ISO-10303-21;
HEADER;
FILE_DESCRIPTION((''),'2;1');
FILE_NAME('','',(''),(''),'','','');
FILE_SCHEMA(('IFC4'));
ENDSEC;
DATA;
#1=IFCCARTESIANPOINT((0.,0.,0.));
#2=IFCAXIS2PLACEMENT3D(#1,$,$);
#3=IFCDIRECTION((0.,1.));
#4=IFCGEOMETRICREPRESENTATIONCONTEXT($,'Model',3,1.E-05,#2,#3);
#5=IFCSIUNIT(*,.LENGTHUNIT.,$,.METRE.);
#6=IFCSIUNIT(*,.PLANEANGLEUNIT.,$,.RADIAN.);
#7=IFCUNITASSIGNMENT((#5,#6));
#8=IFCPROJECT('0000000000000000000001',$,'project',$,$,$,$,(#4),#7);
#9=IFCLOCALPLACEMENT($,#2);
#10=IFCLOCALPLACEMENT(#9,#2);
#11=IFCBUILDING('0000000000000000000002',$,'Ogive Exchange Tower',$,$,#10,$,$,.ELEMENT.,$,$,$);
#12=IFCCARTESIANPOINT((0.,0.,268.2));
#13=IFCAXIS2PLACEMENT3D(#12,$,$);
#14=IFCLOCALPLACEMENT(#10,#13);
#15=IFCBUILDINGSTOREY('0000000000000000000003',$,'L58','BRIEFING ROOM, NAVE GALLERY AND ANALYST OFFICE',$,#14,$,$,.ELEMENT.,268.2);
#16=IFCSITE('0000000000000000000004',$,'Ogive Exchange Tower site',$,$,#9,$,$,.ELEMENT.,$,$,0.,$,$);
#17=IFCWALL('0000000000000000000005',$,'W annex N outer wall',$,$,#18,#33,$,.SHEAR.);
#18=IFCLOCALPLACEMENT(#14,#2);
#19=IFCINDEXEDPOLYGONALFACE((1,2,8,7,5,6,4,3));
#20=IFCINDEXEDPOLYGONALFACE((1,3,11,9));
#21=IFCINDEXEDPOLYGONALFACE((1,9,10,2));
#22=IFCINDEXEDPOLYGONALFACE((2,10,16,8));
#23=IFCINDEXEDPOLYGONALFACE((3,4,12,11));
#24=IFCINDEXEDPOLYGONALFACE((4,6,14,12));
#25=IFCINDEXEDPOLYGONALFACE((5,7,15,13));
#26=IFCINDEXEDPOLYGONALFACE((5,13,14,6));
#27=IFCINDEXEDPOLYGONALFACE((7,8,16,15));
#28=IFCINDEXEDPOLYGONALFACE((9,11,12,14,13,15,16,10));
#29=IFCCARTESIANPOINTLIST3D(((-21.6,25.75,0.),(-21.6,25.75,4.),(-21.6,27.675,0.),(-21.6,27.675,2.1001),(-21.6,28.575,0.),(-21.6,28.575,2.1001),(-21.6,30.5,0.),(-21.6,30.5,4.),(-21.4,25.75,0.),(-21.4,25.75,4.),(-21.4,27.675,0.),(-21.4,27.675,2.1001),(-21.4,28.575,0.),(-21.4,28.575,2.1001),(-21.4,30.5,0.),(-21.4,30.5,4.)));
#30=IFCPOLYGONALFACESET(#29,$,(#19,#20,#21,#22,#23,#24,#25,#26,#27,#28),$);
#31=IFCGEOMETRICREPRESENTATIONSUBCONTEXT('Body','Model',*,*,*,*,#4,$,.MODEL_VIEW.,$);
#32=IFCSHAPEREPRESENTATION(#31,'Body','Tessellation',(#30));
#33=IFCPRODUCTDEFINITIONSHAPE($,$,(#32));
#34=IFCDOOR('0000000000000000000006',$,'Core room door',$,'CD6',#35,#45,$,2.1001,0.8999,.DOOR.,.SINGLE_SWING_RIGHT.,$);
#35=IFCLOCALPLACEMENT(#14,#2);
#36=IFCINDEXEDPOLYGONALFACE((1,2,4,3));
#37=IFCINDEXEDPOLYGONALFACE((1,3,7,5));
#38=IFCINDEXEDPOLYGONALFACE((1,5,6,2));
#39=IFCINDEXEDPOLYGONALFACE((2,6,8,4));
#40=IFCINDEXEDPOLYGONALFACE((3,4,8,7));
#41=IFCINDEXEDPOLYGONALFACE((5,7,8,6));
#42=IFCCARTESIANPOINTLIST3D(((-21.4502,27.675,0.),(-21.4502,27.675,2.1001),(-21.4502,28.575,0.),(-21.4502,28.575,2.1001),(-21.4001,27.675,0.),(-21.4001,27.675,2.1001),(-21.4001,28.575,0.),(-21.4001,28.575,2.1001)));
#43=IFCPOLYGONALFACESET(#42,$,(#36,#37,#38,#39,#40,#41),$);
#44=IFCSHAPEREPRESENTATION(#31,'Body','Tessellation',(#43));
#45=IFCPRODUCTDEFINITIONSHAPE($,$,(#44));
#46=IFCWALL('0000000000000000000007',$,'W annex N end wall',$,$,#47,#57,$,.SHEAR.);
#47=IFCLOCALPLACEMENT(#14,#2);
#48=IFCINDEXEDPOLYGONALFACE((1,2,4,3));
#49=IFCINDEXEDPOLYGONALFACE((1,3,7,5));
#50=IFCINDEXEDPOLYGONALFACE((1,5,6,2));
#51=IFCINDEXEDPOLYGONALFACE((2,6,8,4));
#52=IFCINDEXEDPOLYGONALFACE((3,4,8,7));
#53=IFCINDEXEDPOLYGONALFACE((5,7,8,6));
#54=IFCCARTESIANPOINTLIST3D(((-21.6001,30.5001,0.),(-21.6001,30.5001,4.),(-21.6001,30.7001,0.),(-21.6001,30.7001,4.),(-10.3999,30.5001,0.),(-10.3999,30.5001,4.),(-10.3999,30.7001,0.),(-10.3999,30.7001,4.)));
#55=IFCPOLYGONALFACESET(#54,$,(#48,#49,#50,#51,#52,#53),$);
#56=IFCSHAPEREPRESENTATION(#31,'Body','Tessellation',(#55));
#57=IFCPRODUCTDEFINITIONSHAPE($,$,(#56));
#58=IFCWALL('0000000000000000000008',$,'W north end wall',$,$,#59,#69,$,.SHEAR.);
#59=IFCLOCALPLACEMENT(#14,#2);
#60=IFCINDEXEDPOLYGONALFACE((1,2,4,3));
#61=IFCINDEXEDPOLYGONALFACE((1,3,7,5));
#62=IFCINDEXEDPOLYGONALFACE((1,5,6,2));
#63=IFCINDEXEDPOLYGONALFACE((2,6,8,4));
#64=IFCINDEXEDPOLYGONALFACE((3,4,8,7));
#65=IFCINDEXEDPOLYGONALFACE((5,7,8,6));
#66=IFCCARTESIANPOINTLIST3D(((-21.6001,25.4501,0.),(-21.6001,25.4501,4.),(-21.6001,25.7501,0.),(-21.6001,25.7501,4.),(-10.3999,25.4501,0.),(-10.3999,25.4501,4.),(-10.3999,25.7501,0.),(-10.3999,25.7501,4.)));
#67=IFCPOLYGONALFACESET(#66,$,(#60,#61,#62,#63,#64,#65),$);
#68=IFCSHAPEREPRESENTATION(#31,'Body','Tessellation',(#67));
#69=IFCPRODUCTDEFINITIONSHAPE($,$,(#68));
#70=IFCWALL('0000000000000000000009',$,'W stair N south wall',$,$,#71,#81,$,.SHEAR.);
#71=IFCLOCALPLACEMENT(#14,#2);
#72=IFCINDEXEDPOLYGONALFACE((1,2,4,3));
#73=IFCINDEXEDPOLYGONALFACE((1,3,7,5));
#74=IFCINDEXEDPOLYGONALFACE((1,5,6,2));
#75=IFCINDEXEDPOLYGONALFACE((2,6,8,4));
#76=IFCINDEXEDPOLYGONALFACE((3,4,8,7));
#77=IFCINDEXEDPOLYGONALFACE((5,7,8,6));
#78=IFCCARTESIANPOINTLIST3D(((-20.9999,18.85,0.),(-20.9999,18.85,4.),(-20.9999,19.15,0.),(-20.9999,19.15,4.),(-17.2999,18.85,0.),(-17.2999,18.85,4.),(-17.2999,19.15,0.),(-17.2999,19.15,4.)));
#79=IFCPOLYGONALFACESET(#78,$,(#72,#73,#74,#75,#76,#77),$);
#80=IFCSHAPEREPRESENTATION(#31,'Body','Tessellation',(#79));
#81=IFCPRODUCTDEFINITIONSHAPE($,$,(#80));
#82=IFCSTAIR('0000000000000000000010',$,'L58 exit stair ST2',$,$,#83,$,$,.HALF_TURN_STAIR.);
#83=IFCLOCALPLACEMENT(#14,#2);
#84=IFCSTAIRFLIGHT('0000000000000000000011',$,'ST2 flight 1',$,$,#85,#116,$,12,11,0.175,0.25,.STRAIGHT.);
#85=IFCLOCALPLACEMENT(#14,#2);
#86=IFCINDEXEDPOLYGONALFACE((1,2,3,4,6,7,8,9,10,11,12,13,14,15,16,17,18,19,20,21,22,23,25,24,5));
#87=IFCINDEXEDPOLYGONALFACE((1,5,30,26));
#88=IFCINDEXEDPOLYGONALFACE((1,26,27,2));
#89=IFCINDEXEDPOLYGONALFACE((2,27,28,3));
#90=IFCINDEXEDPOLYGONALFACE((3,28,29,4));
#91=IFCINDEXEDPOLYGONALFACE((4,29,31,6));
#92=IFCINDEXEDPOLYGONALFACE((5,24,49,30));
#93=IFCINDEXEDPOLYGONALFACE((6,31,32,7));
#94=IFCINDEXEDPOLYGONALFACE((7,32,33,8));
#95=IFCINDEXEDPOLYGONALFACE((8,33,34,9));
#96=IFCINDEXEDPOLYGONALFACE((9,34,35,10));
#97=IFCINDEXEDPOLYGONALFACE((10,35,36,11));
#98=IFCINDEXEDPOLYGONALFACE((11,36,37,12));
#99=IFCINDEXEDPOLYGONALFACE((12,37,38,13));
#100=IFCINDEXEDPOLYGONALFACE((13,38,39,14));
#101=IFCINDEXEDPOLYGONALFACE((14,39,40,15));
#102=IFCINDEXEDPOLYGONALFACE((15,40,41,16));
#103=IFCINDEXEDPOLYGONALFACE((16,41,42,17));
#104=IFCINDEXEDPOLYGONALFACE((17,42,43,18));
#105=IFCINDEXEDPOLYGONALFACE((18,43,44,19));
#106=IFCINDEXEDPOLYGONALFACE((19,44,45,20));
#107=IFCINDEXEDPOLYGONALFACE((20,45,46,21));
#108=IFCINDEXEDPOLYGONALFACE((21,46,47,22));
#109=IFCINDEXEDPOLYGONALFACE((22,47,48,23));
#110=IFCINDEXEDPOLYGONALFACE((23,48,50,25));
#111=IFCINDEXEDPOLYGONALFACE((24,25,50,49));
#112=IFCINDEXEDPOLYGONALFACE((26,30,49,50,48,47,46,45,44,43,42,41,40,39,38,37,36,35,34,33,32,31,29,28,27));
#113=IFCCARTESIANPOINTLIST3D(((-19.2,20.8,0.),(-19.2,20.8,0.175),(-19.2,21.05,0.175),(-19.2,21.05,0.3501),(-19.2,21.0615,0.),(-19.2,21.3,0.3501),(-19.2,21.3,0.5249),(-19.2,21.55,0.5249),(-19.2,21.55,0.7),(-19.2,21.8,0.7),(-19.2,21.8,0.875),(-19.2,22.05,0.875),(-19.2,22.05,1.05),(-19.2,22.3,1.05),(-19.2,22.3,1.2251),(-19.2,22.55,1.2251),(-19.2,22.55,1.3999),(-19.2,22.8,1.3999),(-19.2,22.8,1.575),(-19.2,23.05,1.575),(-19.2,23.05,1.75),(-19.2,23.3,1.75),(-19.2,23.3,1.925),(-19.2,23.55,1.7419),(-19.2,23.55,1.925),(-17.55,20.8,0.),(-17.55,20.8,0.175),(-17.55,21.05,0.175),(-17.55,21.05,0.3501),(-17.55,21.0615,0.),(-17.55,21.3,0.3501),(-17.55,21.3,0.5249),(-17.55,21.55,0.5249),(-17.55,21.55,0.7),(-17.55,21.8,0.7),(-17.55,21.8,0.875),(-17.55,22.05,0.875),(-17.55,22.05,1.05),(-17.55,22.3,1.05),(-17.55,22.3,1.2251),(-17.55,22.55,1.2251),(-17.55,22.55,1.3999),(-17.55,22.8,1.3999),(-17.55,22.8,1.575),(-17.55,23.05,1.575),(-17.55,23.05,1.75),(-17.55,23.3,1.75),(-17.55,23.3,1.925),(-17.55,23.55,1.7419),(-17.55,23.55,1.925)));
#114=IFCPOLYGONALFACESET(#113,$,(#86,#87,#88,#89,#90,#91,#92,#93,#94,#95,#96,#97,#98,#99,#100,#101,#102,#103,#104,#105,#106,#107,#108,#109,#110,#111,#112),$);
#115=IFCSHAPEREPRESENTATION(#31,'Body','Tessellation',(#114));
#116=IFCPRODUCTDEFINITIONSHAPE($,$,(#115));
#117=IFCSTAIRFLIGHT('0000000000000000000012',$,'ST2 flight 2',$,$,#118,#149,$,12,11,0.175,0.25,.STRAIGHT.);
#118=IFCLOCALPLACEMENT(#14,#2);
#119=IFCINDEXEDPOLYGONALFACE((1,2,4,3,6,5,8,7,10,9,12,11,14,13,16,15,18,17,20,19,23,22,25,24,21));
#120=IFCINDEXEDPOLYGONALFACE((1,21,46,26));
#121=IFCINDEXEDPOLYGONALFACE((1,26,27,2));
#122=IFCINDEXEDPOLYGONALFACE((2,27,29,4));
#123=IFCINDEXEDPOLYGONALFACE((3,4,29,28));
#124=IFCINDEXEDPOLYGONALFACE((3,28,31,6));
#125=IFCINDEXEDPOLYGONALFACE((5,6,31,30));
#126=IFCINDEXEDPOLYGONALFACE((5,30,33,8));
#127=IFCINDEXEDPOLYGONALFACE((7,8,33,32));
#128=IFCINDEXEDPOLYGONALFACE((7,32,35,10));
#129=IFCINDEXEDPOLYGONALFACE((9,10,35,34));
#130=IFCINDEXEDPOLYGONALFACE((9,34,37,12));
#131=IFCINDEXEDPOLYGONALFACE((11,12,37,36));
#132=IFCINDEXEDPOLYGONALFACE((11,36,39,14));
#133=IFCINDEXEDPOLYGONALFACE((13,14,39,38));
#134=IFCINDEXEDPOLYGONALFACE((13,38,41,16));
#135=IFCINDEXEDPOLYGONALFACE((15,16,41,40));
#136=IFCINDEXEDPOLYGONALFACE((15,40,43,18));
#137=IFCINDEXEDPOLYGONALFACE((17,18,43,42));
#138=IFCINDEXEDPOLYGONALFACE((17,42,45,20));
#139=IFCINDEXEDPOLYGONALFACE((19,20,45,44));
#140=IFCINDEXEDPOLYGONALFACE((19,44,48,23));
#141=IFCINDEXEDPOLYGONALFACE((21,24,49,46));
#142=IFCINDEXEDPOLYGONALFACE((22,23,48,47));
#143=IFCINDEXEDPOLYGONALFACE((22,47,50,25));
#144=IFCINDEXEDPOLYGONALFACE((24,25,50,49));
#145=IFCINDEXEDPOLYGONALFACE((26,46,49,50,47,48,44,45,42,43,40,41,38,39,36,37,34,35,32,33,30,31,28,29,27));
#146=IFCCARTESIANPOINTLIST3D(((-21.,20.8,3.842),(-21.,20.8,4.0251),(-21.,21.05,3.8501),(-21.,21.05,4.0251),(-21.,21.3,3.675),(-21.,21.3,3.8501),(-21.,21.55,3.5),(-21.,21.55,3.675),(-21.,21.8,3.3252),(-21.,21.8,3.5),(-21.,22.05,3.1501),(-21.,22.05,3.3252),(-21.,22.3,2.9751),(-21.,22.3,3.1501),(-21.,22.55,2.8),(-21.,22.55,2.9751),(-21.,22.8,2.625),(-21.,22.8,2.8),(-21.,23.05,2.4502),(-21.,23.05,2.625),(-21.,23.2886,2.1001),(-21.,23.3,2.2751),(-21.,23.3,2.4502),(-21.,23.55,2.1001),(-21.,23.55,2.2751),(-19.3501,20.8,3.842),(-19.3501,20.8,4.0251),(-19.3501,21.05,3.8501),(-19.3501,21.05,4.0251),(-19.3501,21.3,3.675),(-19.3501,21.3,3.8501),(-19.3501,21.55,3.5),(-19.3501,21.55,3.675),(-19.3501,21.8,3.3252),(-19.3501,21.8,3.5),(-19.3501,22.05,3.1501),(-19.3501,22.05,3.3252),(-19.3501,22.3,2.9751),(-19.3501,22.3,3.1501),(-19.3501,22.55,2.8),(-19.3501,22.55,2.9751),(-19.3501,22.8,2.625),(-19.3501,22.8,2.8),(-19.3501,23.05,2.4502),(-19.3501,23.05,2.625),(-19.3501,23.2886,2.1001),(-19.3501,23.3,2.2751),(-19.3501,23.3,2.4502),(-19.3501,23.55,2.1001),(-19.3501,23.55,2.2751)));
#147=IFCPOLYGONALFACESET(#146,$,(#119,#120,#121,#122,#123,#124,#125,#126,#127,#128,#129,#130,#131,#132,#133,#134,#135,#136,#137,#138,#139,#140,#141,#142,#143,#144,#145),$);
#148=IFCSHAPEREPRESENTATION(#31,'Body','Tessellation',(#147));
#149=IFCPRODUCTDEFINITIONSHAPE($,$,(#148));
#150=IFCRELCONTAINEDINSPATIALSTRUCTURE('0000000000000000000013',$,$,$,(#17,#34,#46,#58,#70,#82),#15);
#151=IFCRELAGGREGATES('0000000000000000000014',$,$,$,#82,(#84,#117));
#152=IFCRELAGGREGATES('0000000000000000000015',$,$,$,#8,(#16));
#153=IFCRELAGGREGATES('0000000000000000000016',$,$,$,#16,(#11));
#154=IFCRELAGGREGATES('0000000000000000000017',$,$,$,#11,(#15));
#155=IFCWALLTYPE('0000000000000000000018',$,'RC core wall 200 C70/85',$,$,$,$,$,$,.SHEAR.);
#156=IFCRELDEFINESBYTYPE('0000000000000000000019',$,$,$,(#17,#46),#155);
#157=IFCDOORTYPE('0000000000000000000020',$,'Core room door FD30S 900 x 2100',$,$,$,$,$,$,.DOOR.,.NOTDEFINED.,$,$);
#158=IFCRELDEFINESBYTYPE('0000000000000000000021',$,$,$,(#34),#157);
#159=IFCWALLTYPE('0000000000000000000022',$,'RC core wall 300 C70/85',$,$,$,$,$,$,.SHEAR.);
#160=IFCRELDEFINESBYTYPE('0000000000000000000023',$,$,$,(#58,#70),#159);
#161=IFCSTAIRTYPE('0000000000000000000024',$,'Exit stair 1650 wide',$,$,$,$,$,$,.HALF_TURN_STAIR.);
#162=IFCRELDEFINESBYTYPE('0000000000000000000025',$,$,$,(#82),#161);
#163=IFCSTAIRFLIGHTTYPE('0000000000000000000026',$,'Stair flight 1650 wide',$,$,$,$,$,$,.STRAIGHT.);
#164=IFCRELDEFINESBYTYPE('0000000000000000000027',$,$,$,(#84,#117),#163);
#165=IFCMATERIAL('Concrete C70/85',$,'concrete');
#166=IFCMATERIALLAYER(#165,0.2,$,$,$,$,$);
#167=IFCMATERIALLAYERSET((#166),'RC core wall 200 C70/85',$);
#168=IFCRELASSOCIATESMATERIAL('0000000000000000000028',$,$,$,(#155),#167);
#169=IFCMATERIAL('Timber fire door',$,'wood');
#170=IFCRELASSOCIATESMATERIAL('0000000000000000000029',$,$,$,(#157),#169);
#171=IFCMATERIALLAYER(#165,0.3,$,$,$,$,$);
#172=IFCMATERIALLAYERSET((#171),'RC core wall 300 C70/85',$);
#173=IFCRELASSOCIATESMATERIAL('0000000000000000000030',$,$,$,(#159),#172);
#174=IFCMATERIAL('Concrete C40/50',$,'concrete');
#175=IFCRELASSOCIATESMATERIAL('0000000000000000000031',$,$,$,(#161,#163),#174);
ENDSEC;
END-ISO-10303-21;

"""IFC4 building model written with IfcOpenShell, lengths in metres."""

from ifc_helpers import new_model, si_unit, direction, frame, frame_2d, origin, place, context, subcontext, project, spatial, polyline, rectangle, outline, extrude, material, layer, layer_set, type_object, element, fill, aggregate, save


model = new_model("IFC4")

# Units and contexts
model_context = context("Model", 3, precision=1e-05, world=origin(), true_north=direction((0.0, 1.0)))
body_context = subcontext(model_context, "Body", "Model", "MODEL_VIEW")
ifc_project = project(units=[si_unit("LENGTHUNIT", "METRE"), si_unit("PLANEANGLEUNIT", "RADIAN")], contexts=[model_context])

# Site, building, storey
site_placement = place(None, origin())
site = spatial("IfcSite", under=ifc_project, at=site_placement, Name="Ogive Exchange Tower site", CompositionType="ELEMENT", RefElevation=0.0)
building_placement = place(site_placement, origin())
building = spatial("IfcBuilding", under=site, at=building_placement, Name="Ogive Exchange Tower", CompositionType="ELEMENT")
storey_placement = place(building_placement, frame((0.0, 0.0, 268.2)))
storey = spatial("IfcBuildingStorey", under=building, at=storey_placement, Name="L58", Description="BRIEFING ROOM, NAVE GALLERY AND ANALYST OFFICE", CompositionType="ELEMENT", Elevation=268.2)

# Wall, opening, door
ifc_material_1 = material(Name="Concrete C70/85", Category="concrete")
ifc_layer_1 = layer(ifc_material_1, 0.2)
ifc_layer_set_1 = layer_set([ifc_layer_1], Name="RC core wall 200 C70/85")
wall_type_1 = type_object("IfcWallType", Name="RC core wall 200 C70/85", PredefinedType="SHEAR", material=ifc_layer_set_1)
wall_1_placement = place(storey_placement, frame((-21.5, 25.75, 0.0), z_axis=(0.0, 0.0, 1.0), x_axis=(0.0, 1.0, 0.0)))
wall_1 = element("IfcWall", 1, at=wall_1_placement, inside=storey, type_object=wall_type_1, Name="W annex N outer wall", PredefinedType="SHEAR", context=body_context, shape_type="SweptSolid", body=[
    extrude(rectangle(XDim=4.75, YDim=0.2, at=frame_2d((2.375, 0.0))), origin(), (0.0, 0.0, 1.0), 4.0),
])
opening_placement = place(wall_1_placement, frame((1.925, 0.0, 0.0)))
opening = element("IfcOpeningElement", 2, at=opening_placement, cuts=wall_1, PredefinedType="OPENING", context=body_context, shape_type="SweptSolid", body=[
    extrude(rectangle(XDim=0.8999, YDim=2.1001, at=frame_2d((0.45, 1.05))), frame((0.0, 0.1099, 0.0), z_axis=(0.0, -1.0, 0.0), x_axis=(1.0, 0.0, 0.0)), (0.0, 0.0, 1.0), 0.22),
])
ifc_material_2 = material(Name="Timber fire door", Category="wood")
door_type = type_object("IfcDoorType", Name="Core room door FD30S 900 x 2100", OperationType="NOTDEFINED", PredefinedType="DOOR", material=ifc_material_2)
door_placement = place(opening_placement, origin())
door = element("IfcDoor", 3, at=door_placement, inside=storey, type_object=door_type, Name="Core room door", ObjectType="CD6", OperationType="SINGLE_SWING_RIGHT", OverallHeight=2.1001, OverallWidth=0.8999, PredefinedType="DOOR", context=body_context, shape_type="SweptSolid", body=[
    extrude(rectangle(XDim=0.8999, YDim=2.1001, at=frame_2d((0.45, 1.05))), frame((0.0, -0.0498, 0.0), z_axis=(0.0, -1.0, 0.0), x_axis=(1.0, 0.0, 0.0)), (0.0, 0.0, 1.0), 0.05),
])
fill(opening, door)

# Walls
wall_2_placement = place(storey_placement, frame((-21.6001, 30.6001, 0.0), z_axis=(0.0, 0.0, 1.0), x_axis=(1.0, 0.0, 0.0)))
element("IfcWall", 4, at=wall_2_placement, inside=storey, type_object=wall_type_1, Name="W annex N end wall", PredefinedType="SHEAR", context=body_context, shape_type="SweptSolid", body=[
    extrude(rectangle(XDim=11.2002, YDim=0.2, at=frame_2d((5.6001, 0.0))), origin(), (0.0, 0.0, 1.0), 4.0),
])
ifc_layer_2 = layer(ifc_material_1, 0.3)
ifc_layer_set_2 = layer_set([ifc_layer_2], Name="RC core wall 300 C70/85")
wall_type_2 = type_object("IfcWallType", Name="RC core wall 300 C70/85", PredefinedType="SHEAR", material=ifc_layer_set_2)
wall_3_placement = place(storey_placement, frame((-21.6001, 25.6001, 0.0), z_axis=(0.0, 0.0, 1.0), x_axis=(1.0, 0.0, 0.0)))
element("IfcWall", 5, at=wall_3_placement, inside=storey, type_object=wall_type_2, Name="W north end wall", PredefinedType="SHEAR", context=body_context, shape_type="SweptSolid", body=[
    extrude(rectangle(XDim=11.2002, YDim=0.3, at=frame_2d((5.6001, 0.0))), origin(), (0.0, 0.0, 1.0), 4.0),
])
wall_4_placement = place(storey_placement, frame((-21.0, 19.0, 0.0), z_axis=(0.0, 0.0, 1.0), x_axis=(1.0, 0.0, 0.0)))
element("IfcWall", 6, at=wall_4_placement, inside=storey, type_object=wall_type_2, Name="W stair N south wall", PredefinedType="SHEAR", context=body_context, shape_type="SweptSolid", body=[
    extrude(rectangle(XDim=3.7, YDim=0.3, at=frame_2d((1.8501, 0.0))), origin(), (0.0, 0.0, 1.0), 4.0),
])

# Stair, stair flights
ifc_material_3 = material(Name="Concrete C40/50", Category="concrete")
stair_type = type_object("IfcStairType", Name="Exit stair 1650 wide", PredefinedType="HALF_TURN_STAIR", material=ifc_material_3)
stair_placement = place(storey_placement, origin())
stair = element("IfcStair", 7, at=stair_placement, inside=storey, type_object=stair_type, Name="L58 exit stair ST2", PredefinedType="HALF_TURN_STAIR")
stair_flight_type = type_object("IfcStairFlightType", Name="Stair flight 1650 wide", PredefinedType="STRAIGHT", material=ifc_material_3)
stair_flight_1_placement = place(storey_placement, frame((-18.375, 20.8, 0.0), z_axis=(0.0, 0.0, 1.0), x_axis=(0.0, 1.0, 0.0)))
stair_flight_1 = element("IfcStairFlight", 8, at=stair_flight_1_placement, type_object=stair_flight_type, Name="ST2 flight 1", NumberOfRisers=12, NumberOfTreads=11, PredefinedType="STRAIGHT", RiserHeight=0.175, TreadLength=0.25, context=body_context, shape_type="SweptSolid", body=[
    extrude(outline(polyline([(0.0, 0.0), (0.0, 0.175), (0.25, 0.175), (0.25, 0.3501), (0.5, 0.3501), (0.5, 0.5249), (0.75, 0.5249), (0.75, 0.7), (1.0, 0.7), (1.0, 0.875), (1.25, 0.875), (1.25, 1.05), (1.5, 1.05), (1.5, 1.2251), (1.75, 1.2251), (1.75, 1.3999), (2.0, 1.3999), (2.0, 1.575), (2.25, 1.575), (2.25, 1.75), (2.5, 1.75), (2.5, 1.925), (2.75, 1.925), (2.75, 2.1001), (2.75, 1.7419), (0.2615, 0.0), (0.0, 0.0)])), frame((0.0, 0.825, 0.0), z_axis=(0.0, -1.0, 0.0), x_axis=(1.0, 0.0, 0.0)), (0.0, 0.0, 1.0), 1.6499),
])
stair_flight_2_placement = place(storey_placement, frame((-20.175, 23.55, 2.1001), z_axis=(0.0, 0.0, 1.0), x_axis=(0.0, -1.0, 0.0)))
stair_flight_2 = element("IfcStairFlight", 9, at=stair_flight_2_placement, type_object=stair_flight_type, Name="ST2 flight 2", NumberOfRisers=12, NumberOfTreads=11, PredefinedType="STRAIGHT", RiserHeight=0.175, TreadLength=0.25, context=body_context, shape_type="SweptSolid", body=[
    extrude(outline(polyline([(0.0, 0.0), (0.0, 0.175), (0.25, 0.175), (0.25, 0.3501), (0.5, 0.3501), (0.5, 0.5249), (0.75, 0.5249), (0.75, 0.7), (1.0, 0.7), (1.0, 0.875), (1.25, 0.875), (1.25, 1.05), (1.5, 1.05), (1.5, 1.2251), (1.75, 1.2251), (1.75, 1.3999), (2.0, 1.3999), (2.0, 1.575), (2.25, 1.575), (2.25, 1.75), (2.5, 1.75), (2.5, 1.925), (2.75, 1.925), (2.75, 2.1001), (2.75, 1.7419), (0.2615, 0.0), (0.0, 0.0)])), frame((0.0, 0.825, 0.0), z_axis=(0.0, -1.0, 0.0), x_axis=(1.0, 0.0, 0.0)), (0.0, 0.0, 1.0), 1.6499),
])
aggregate(stair, [stair_flight_1, stair_flight_2])

save(model, "model.ifc")
